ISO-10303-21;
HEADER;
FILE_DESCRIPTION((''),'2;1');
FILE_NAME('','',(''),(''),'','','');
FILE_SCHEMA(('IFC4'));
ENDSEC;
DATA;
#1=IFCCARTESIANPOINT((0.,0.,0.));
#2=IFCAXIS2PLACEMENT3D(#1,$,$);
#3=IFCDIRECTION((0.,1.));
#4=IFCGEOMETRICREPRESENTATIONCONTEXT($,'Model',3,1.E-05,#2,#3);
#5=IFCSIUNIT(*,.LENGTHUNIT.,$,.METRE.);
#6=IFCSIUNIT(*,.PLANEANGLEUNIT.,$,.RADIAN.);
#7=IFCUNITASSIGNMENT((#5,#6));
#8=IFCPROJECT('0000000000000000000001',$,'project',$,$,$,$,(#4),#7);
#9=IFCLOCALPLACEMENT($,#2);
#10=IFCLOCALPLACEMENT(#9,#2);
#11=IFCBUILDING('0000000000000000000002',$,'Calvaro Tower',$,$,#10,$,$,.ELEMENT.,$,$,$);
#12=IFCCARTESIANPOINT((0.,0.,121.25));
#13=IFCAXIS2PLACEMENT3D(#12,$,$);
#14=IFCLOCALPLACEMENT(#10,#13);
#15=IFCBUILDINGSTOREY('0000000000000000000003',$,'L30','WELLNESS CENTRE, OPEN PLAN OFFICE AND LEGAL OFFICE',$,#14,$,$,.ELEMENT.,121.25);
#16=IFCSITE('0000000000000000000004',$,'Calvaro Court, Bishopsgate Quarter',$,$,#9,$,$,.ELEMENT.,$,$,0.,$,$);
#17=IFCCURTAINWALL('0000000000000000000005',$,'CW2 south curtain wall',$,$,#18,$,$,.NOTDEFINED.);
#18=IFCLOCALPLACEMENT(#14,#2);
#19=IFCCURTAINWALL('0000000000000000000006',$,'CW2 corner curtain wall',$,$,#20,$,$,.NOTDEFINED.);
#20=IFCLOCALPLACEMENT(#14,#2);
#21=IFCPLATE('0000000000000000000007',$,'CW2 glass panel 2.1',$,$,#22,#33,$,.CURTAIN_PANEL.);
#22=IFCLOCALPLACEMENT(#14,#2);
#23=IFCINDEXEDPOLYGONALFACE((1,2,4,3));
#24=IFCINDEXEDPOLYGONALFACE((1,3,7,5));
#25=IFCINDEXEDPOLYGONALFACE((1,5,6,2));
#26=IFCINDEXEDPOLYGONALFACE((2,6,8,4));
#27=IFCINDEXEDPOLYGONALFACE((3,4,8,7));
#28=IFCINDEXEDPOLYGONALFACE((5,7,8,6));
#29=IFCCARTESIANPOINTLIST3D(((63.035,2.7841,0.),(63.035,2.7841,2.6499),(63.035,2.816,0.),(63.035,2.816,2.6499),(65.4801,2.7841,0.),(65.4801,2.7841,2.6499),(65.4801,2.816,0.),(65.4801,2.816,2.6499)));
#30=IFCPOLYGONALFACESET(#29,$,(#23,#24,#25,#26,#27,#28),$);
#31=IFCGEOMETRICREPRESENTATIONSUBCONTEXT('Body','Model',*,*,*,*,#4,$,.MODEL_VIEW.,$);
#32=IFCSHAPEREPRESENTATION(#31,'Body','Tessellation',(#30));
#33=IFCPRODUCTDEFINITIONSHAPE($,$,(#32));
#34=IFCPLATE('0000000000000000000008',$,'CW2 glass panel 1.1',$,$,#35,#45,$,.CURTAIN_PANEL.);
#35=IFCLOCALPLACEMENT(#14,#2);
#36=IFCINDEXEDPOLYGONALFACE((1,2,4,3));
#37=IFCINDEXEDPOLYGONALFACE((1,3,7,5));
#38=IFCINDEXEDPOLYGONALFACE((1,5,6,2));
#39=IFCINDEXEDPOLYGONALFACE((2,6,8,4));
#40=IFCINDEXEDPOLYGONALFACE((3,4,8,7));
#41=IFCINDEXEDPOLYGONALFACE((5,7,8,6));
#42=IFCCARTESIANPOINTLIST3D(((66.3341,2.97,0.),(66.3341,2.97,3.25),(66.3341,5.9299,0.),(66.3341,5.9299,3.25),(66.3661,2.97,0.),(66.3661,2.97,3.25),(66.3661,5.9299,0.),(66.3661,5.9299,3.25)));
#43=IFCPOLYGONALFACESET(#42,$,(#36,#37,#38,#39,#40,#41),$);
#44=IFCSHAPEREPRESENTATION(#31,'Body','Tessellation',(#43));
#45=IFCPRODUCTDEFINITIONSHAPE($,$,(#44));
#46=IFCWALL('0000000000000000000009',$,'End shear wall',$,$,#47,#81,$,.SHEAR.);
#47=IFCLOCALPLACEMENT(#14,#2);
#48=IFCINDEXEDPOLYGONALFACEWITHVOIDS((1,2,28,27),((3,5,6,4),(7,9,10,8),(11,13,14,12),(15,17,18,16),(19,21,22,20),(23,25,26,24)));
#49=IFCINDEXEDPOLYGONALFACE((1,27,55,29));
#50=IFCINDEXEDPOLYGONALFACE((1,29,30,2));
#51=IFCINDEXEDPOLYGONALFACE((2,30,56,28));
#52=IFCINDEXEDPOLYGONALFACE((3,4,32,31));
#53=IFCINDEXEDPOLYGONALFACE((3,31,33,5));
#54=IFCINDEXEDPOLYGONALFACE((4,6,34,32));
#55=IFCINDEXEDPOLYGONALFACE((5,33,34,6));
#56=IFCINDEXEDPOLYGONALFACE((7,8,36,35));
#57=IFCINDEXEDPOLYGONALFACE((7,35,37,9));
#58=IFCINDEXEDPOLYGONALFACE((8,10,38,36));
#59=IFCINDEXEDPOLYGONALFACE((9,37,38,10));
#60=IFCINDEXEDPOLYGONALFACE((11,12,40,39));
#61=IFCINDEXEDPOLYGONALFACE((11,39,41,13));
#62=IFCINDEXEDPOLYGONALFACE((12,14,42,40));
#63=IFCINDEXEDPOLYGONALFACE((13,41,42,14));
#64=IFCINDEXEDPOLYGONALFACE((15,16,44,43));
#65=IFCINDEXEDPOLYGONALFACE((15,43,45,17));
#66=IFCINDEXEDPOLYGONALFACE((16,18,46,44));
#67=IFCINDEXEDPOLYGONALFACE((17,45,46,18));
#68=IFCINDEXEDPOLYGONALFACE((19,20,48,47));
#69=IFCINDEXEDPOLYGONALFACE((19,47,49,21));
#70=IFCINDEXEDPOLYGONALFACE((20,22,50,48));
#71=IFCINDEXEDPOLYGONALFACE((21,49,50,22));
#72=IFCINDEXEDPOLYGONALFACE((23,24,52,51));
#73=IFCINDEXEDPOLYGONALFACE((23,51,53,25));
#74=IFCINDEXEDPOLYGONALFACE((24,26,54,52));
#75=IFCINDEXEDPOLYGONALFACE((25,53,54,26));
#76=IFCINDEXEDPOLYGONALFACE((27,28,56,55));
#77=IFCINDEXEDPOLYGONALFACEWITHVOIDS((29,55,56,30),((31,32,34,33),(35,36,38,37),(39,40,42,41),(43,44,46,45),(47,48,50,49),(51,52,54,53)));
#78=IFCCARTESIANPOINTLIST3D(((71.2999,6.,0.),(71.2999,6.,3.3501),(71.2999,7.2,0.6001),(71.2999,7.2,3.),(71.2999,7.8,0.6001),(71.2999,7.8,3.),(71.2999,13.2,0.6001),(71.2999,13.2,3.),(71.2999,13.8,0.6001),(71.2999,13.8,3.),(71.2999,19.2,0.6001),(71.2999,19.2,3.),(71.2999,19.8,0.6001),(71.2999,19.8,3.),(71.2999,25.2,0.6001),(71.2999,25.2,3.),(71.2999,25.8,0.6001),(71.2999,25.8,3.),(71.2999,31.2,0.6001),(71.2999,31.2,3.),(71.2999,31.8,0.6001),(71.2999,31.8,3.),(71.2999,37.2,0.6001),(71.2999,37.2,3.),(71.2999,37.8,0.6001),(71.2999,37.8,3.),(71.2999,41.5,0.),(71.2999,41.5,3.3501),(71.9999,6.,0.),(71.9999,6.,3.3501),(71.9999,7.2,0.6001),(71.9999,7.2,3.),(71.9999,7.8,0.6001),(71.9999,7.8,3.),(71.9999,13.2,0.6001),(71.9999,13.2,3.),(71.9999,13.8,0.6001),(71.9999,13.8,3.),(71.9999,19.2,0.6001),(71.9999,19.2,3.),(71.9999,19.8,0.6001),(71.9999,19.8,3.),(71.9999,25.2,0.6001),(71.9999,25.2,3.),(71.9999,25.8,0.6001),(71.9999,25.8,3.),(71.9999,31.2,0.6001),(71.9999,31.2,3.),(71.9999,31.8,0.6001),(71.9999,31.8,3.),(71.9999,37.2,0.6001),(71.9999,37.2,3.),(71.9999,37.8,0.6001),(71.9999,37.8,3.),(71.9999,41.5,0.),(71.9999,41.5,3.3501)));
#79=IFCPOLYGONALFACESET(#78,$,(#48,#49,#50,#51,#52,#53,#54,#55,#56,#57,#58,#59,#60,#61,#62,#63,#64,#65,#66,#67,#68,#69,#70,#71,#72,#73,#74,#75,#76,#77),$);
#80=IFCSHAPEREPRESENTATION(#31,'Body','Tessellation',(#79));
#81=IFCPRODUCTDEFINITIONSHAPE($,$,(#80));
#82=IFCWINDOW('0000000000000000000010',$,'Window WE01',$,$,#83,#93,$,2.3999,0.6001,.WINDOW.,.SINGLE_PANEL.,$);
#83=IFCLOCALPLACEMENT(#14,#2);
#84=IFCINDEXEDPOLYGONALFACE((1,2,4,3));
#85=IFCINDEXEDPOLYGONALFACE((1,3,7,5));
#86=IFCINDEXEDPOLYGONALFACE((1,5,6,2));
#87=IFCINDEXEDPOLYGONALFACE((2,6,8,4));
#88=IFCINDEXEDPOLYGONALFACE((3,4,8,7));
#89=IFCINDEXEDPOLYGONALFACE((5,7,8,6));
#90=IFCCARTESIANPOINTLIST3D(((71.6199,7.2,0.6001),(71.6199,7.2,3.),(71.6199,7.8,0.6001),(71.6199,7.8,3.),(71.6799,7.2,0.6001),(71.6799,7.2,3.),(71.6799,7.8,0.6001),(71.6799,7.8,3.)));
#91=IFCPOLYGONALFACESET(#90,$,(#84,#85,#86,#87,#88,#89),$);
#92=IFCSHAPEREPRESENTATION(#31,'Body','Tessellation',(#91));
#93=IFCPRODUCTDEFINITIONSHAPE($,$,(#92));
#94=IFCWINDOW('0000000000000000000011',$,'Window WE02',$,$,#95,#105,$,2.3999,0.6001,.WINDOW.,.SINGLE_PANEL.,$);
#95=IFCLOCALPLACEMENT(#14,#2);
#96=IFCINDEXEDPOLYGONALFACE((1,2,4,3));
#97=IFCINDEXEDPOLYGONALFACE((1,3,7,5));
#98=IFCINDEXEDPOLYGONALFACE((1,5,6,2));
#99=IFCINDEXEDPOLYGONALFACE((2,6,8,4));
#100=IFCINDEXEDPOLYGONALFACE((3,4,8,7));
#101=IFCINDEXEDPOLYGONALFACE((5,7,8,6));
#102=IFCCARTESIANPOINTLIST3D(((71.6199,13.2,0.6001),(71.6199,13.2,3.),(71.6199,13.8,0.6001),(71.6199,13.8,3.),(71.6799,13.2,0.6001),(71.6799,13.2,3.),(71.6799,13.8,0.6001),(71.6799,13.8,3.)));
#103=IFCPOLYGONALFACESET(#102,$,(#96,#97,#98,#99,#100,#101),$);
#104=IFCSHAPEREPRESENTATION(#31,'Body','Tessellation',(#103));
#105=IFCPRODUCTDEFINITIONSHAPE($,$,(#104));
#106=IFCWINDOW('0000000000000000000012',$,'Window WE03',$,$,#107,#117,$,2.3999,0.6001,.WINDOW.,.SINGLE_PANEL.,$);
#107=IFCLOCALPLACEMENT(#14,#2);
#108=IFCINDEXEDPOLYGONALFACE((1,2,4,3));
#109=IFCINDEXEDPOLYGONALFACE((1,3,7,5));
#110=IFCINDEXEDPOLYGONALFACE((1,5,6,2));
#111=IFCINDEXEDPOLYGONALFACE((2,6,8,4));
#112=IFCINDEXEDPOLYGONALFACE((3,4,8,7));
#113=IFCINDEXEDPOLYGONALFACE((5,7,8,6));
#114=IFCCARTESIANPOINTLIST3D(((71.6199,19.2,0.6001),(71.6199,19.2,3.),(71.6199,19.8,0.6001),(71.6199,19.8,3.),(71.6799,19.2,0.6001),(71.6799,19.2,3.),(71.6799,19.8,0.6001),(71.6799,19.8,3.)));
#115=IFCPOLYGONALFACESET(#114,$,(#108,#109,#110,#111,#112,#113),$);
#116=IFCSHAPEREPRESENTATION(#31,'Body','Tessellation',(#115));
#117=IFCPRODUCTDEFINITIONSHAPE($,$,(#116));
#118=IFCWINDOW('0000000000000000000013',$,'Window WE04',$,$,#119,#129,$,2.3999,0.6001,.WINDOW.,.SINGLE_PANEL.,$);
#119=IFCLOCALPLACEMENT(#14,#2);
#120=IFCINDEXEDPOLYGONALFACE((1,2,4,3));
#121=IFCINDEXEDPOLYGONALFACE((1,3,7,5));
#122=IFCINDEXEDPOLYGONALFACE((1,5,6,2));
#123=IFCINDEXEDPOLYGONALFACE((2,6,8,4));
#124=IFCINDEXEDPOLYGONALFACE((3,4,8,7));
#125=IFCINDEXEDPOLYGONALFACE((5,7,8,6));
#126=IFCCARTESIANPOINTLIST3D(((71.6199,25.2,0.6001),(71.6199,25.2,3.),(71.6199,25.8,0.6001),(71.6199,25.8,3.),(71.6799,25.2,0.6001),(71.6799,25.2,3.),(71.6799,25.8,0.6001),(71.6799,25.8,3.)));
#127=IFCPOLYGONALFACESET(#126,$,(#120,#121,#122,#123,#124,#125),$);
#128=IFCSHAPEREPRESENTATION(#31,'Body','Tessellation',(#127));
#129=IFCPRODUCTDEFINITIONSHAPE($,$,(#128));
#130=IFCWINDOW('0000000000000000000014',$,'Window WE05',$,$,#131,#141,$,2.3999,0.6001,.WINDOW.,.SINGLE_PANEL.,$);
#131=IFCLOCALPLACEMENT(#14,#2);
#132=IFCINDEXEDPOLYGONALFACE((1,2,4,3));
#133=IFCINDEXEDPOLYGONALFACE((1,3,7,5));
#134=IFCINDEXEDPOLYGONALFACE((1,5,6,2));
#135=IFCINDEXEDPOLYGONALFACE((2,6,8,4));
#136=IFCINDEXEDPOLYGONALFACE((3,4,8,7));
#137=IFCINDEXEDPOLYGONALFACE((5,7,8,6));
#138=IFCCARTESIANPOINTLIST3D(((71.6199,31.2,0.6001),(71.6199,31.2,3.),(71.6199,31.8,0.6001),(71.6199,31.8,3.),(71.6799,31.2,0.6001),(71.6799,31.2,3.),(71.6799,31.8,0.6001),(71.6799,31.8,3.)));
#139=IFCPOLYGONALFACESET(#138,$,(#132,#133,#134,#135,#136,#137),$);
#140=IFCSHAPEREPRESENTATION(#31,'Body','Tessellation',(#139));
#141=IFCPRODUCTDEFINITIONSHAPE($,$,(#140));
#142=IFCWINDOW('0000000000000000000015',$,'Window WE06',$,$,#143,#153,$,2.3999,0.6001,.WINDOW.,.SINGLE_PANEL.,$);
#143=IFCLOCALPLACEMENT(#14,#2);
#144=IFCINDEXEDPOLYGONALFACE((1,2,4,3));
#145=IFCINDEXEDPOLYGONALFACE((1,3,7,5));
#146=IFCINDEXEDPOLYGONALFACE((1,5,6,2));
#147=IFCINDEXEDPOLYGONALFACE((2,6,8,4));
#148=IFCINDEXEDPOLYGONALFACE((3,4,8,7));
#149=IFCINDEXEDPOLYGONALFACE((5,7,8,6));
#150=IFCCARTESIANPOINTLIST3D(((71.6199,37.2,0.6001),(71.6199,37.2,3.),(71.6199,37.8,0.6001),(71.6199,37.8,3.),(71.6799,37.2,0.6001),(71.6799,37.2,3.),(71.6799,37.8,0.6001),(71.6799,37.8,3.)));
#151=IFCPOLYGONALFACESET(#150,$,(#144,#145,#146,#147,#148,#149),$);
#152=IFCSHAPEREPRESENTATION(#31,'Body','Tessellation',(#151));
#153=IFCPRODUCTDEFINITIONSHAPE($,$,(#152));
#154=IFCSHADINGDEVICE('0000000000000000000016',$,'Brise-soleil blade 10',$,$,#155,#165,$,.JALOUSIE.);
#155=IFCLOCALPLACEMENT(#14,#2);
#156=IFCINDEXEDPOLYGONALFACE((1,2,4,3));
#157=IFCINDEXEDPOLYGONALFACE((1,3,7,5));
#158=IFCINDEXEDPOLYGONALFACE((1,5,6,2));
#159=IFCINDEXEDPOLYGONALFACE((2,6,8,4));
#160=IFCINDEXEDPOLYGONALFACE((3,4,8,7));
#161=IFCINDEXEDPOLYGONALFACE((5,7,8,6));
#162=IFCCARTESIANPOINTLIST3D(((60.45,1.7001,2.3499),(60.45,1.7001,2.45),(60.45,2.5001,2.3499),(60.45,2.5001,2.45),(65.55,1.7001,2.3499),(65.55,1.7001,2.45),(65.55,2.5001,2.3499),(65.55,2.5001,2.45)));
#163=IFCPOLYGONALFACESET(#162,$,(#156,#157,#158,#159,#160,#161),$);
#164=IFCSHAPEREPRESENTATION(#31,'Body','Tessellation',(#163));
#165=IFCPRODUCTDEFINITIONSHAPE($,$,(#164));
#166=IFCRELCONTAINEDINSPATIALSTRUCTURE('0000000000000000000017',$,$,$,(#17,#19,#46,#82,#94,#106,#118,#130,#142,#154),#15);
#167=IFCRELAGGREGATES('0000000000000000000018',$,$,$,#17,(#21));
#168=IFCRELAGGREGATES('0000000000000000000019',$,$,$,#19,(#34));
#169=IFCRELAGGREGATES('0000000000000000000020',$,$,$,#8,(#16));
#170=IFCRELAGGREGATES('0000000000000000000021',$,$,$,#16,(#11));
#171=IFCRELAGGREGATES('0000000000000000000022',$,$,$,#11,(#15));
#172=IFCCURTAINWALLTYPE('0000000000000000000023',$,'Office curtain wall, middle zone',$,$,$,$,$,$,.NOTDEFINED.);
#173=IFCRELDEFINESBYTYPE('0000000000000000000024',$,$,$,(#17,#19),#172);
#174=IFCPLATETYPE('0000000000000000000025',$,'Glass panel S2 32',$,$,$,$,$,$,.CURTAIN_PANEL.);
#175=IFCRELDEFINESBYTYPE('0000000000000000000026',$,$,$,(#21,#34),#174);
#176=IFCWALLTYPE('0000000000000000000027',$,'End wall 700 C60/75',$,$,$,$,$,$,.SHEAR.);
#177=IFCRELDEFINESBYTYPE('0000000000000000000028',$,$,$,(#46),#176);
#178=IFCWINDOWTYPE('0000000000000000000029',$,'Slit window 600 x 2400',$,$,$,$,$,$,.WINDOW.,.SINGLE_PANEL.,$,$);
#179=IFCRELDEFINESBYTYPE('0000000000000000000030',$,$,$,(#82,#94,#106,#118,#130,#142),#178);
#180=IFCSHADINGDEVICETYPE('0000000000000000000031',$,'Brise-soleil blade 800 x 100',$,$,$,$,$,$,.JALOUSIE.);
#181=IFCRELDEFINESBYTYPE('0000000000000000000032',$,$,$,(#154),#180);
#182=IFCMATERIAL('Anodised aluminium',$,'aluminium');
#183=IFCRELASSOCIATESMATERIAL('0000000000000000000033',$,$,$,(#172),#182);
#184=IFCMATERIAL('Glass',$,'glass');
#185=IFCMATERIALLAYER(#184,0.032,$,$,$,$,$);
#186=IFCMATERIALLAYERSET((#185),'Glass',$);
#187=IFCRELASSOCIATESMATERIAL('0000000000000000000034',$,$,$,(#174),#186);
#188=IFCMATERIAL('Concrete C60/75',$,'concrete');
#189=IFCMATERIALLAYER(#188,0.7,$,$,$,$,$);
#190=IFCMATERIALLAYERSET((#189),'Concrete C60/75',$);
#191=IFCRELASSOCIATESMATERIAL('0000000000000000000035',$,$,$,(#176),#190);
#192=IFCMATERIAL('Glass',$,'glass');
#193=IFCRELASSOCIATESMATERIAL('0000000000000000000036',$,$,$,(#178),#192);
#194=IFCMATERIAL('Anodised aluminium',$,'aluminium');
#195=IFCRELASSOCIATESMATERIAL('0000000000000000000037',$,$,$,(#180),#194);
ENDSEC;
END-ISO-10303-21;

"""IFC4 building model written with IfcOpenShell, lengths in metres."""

from ifc_helpers import new_model, si_unit, direction, frame, frame_2d, origin, origin_2d, place, context, subcontext, project, spatial, rectangle, extrude, material, layer, layer_set, material_profile, profile_set, type_object, element, fill, aggregate, save


model = new_model("IFC4")

# Units and contexts
model_context = context("Model", 3, precision=1e-05, world=origin(), true_north=direction((0.0, 1.0)))
body_context = subcontext(model_context, "Body", "Model", "MODEL_VIEW")
ifc_project = project(units=[si_unit("LENGTHUNIT", "METRE"), si_unit("PLANEANGLEUNIT", "RADIAN")], contexts=[model_context])

# Site, building, storey
site_placement = place(None, origin())
site = spatial("IfcSite", under=ifc_project, at=site_placement, Name="Calvaro Court, Bishopsgate Quarter", CompositionType="ELEMENT", RefElevation=0.0)
building_placement = place(site_placement, origin())
building = spatial("IfcBuilding", under=site, at=building_placement, Name="Calvaro Tower", CompositionType="ELEMENT")
storey_placement = place(building_placement, frame((0.0, 0.0, 121.25)))
storey = spatial("IfcBuildingStorey", under=building, at=storey_placement, Name="L30", Description="WELLNESS CENTRE, OPEN PLAN OFFICE AND LEGAL OFFICE", CompositionType="ELEMENT", Elevation=121.25)

# Shared definitions
ifc_material_1 = material(Name="Anodised aluminium", Category="aluminium")
curtain_wall_type = type_object("IfcCurtainWallType", Name="Office curtain wall, middle zone", PredefinedType="NOTDEFINED", material=ifc_material_1)

# Curtain walls
curtain_wall_1_placement = place(storey_placement, origin())
curtain_wall_1 = element("IfcCurtainWall", 1, at=curtain_wall_1_placement, inside=storey, type_object=curtain_wall_type, Name="CW2 south curtain wall", PredefinedType="NOTDEFINED")
curtain_wall_2_placement = place(storey_placement, origin())
curtain_wall_2 = element("IfcCurtainWall", 2, at=curtain_wall_2_placement, inside=storey, type_object=curtain_wall_type, Name="CW2 corner curtain wall", PredefinedType="NOTDEFINED")

# Plates
ifc_material_2 = material(Name="Glass", Category="glass")
ifc_layer_1 = layer(ifc_material_2, 0.032)
ifc_layer_set_1 = layer_set([ifc_layer_1], Name="Glass")
plate_type = type_object("IfcPlateType", Name="Glass panel S2 32", PredefinedType="CURTAIN_PANEL", material=ifc_layer_set_1)
plate_1_placement = place(storey_placement, frame((64.2576, 2.8, 0.0), z_axis=(0.0, 0.0, 1.0), x_axis=(1.0, 0.0, 0.0)))
plate_1 = element("IfcPlate", 3, at=plate_1_placement, type_object=plate_type, Name="CW2 glass panel 2.1", PredefinedType="CURTAIN_PANEL", context=body_context, shape_type="SweptSolid", body=[
    extrude(rectangle(XDim=2.4451, YDim=0.032, at=origin_2d()), origin(), (0.0, 0.0, 1.0), 2.6499),
])
aggregate(curtain_wall_1, [plate_1])
plate_2_placement = place(storey_placement, frame((66.3501, 4.45, 0.0), z_axis=(0.0, 0.0, 1.0), x_axis=(0.0, 1.0, 0.0)))
plate_2 = element("IfcPlate", 4, at=plate_2_placement, type_object=plate_type, Name="CW2 glass panel 1.1", PredefinedType="CURTAIN_PANEL", context=body_context, shape_type="SweptSolid", body=[
    extrude(rectangle(XDim=2.96, YDim=0.032, at=origin_2d()), origin(), (0.0, 0.0, 1.0), 3.25),
])
aggregate(curtain_wall_2, [plate_2])

# Wall, openings, windows
ifc_material_3 = material(Name="Concrete C60/75", Category="concrete")
ifc_layer_2 = layer(ifc_material_3, 0.7)
ifc_layer_set_2 = layer_set([ifc_layer_2], Name="Concrete C60/75")
wall_type = type_object("IfcWallType", Name="End wall 700 C60/75", PredefinedType="SHEAR", material=ifc_layer_set_2)
wall_placement = place(storey_placement, frame((71.6499, 6.0, 0.0), z_axis=(0.0, 0.0, 1.0), x_axis=(0.0, 1.0, 0.0)))
wall = element("IfcWall", 5, at=wall_placement, inside=storey, type_object=wall_type, Name="End shear wall", PredefinedType="SHEAR", context=body_context, shape_type="SweptSolid", body=[
    extrude(rectangle(XDim=35.5, YDim=0.7, at=frame_2d((17.75, 0.0))), origin(), (0.0, 0.0, 1.0), 3.3501),
])
opening_1_placement = place(wall_placement, frame((1.2, 0.0, 0.6001)))
opening_1 = element("IfcOpeningElement", 6, at=opening_1_placement, cuts=wall, PredefinedType="OPENING", context=body_context, shape_type="SweptSolid", body=[
    extrude(rectangle(XDim=0.6001, YDim=2.3999, at=frame_2d((0.3, 1.2))), frame((0.0, 0.3599, 0.0), z_axis=(0.0, -1.0, 0.0), x_axis=(1.0, 0.0, 0.0)), (0.0, 0.0, 1.0), 0.72),
])
opening_2_placement = place(wall_placement, frame((7.2, 0.0, 0.6001)))
opening_2 = element("IfcOpeningElement", 7, at=opening_2_placement, cuts=wall, PredefinedType="OPENING", context=body_context, shape_type="SweptSolid", body=[
    extrude(rectangle(XDim=0.6001, YDim=2.3999, at=frame_2d((0.3, 1.2))), frame((0.0, 0.3599, 0.0), z_axis=(0.0, -1.0, 0.0), x_axis=(1.0, 0.0, 0.0)), (0.0, 0.0, 1.0), 0.72),
])
opening_3_placement = place(wall_placement, frame((13.2, 0.0, 0.6001)))
opening_3 = element("IfcOpeningElement", 8, at=opening_3_placement, cuts=wall, PredefinedType="OPENING", context=body_context, shape_type="SweptSolid", body=[
    extrude(rectangle(XDim=0.6001, YDim=2.3999, at=frame_2d((0.3, 1.2))), frame((0.0, 0.3599, 0.0), z_axis=(0.0, -1.0, 0.0), x_axis=(1.0, 0.0, 0.0)), (0.0, 0.0, 1.0), 0.72),
])
opening_4_placement = place(wall_placement, frame((19.2, 0.0, 0.6001)))
opening_4 = element("IfcOpeningElement", 9, at=opening_4_placement, cuts=wall, PredefinedType="OPENING", context=body_context, shape_type="SweptSolid", body=[
    extrude(rectangle(XDim=0.6001, YDim=2.3999, at=frame_2d((0.3, 1.2))), frame((0.0, 0.3599, 0.0), z_axis=(0.0, -1.0, 0.0), x_axis=(1.0, 0.0, 0.0)), (0.0, 0.0, 1.0), 0.72),
])
opening_5_placement = place(wall_placement, frame((25.2, 0.0, 0.6001)))
opening_5 = element("IfcOpeningElement", 10, at=opening_5_placement, cuts=wall, PredefinedType="OPENING", context=body_context, shape_type="SweptSolid", body=[
    extrude(rectangle(XDim=0.6001, YDim=2.3999, at=frame_2d((0.3, 1.2))), frame((0.0, 0.3599, 0.0), z_axis=(0.0, -1.0, 0.0), x_axis=(1.0, 0.0, 0.0)), (0.0, 0.0, 1.0), 0.72),
])
opening_6_placement = place(wall_placement, frame((31.2, 0.0, 0.6001)))
opening_6 = element("IfcOpeningElement", 11, at=opening_6_placement, cuts=wall, PredefinedType="OPENING", context=body_context, shape_type="SweptSolid", body=[
    extrude(rectangle(XDim=0.6001, YDim=2.3999, at=frame_2d((0.3, 1.2))), frame((0.0, 0.3599, 0.0), z_axis=(0.0, -1.0, 0.0), x_axis=(1.0, 0.0, 0.0)), (0.0, 0.0, 1.0), 0.72),
])
ifc_material_4 = material(Name="Glass", Category="glass")
window_type = type_object("IfcWindowType", Name="Slit window 600 x 2400", PartitioningType="SINGLE_PANEL", PredefinedType="WINDOW", material=ifc_material_4)
window_1_placement = place(opening_1_placement, origin())
window_1 = element("IfcWindow", 12, at=window_1_placement, inside=storey, type_object=window_type, Name="Window WE01", OverallHeight=2.3999, OverallWidth=0.6001, PartitioningType="SINGLE_PANEL", PredefinedType="WINDOW", context=body_context, shape_type="SweptSolid", body=[
    extrude(rectangle(XDim=0.6001, YDim=2.3999, at=frame_2d((0.3, 1.2))), frame((0.0, 0.03, 0.0), z_axis=(0.0, -1.0, 0.0), x_axis=(1.0, 0.0, 0.0)), (0.0, 0.0, 1.0), 0.0601),
])
fill(opening_1, window_1)
window_2_placement = place(opening_2_placement, origin())
window_2 = element("IfcWindow", 13, at=window_2_placement, inside=storey, type_object=window_type, Name="Window WE02", OverallHeight=2.3999, OverallWidth=0.6001, PartitioningType="SINGLE_PANEL", PredefinedType="WINDOW", context=body_context, shape_type="SweptSolid", body=[
    extrude(rectangle(XDim=0.6001, YDim=2.3999, at=frame_2d((0.3, 1.2))), frame((0.0, 0.03, 0.0), z_axis=(0.0, -1.0, 0.0), x_axis=(1.0, 0.0, 0.0)), (0.0, 0.0, 1.0), 0.0601),
])
fill(opening_2, window_2)
window_3_placement = place(opening_3_placement, origin())
window_3 = element("IfcWindow", 14, at=window_3_placement, inside=storey, type_object=window_type, Name="Window WE03", OverallHeight=2.3999, OverallWidth=0.6001, PartitioningType="SINGLE_PANEL", PredefinedType="WINDOW", context=body_context, shape_type="SweptSolid", body=[
    extrude(rectangle(XDim=0.6001, YDim=2.3999, at=frame_2d((0.3, 1.2))), frame((0.0, 0.03, 0.0), z_axis=(0.0, -1.0, 0.0), x_axis=(1.0, 0.0, 0.0)), (0.0, 0.0, 1.0), 0.0601),
])
fill(opening_3, window_3)
window_4_placement = place(opening_4_placement, origin())
window_4 = element("IfcWindow", 15, at=window_4_placement, inside=storey, type_object=window_type, Name="Window WE04", OverallHeight=2.3999, OverallWidth=0.6001, PartitioningType="SINGLE_PANEL", PredefinedType="WINDOW", context=body_context, shape_type="SweptSolid", body=[
    extrude(rectangle(XDim=0.6001, YDim=2.3999, at=frame_2d((0.3, 1.2))), frame((0.0, 0.03, 0.0), z_axis=(0.0, -1.0, 0.0), x_axis=(1.0, 0.0, 0.0)), (0.0, 0.0, 1.0), 0.0601),
])
fill(opening_4, window_4)
window_5_placement = place(opening_5_placement, origin())
window_5 = element("IfcWindow", 16, at=window_5_placement, inside=storey, type_object=window_type, Name="Window WE05", OverallHeight=2.3999, OverallWidth=0.6001, PartitioningType="SINGLE_PANEL", PredefinedType="WINDOW", context=body_context, shape_type="SweptSolid", body=[
    extrude(rectangle(XDim=0.6001, YDim=2.3999, at=frame_2d((0.3, 1.2))), frame((0.0, 0.03, 0.0), z_axis=(0.0, -1.0, 0.0), x_axis=(1.0, 0.0, 0.0)), (0.0, 0.0, 1.0), 0.0601),
])
fill(opening_5, window_5)
window_6_placement = place(opening_6_placement, origin())
window_6 = element("IfcWindow", 17, at=window_6_placement, inside=storey, type_object=window_type, Name="Window WE06", OverallHeight=2.3999, OverallWidth=0.6001, PartitioningType="SINGLE_PANEL", PredefinedType="WINDOW", context=body_context, shape_type="SweptSolid", body=[
    extrude(rectangle(XDim=0.6001, YDim=2.3999, at=frame_2d((0.3, 1.2))), frame((0.0, 0.03, 0.0), z_axis=(0.0, -1.0, 0.0), x_axis=(1.0, 0.0, 0.0)), (0.0, 0.0, 1.0), 0.0601),
])
fill(opening_6, window_6)

# Shading device
ifc_material_5 = material(Name="Anodised aluminium", Category="aluminium")
ifc_material_profile_1 = material_profile(ifc_material_5, rectangle(XDim=0.8, YDim=0.1001, at=origin_2d()), Name="Brise-soleil blade 800 x 100")
ifc_profile_set_1 = profile_set([ifc_material_profile_1], Name="Anodised aluminium")
shading_device_type = type_object("IfcShadingDeviceType", Name="Brise-soleil blade 800 x 100", PredefinedType="JALOUSIE", material=ifc_profile_set_1)
shading_device_placement = place(storey_placement, frame((60.45, 2.1001, 2.3999), z_axis=(1.0, 0.0, 0.0), x_axis=(0.0, 1.0, 0.0)))
element("IfcShadingDevice", 18, at=shading_device_placement, inside=storey, type_object=shading_device_type, Name="Brise-soleil blade 10", PredefinedType="JALOUSIE", context=body_context, shape_type="SweptSolid", body=[
    extrude(rectangle(XDim=0.8, YDim=0.1001, at=origin_2d()), origin(), (0.0, 0.0, 1.0), 5.1001),
])

save(model, "model.ifc")
